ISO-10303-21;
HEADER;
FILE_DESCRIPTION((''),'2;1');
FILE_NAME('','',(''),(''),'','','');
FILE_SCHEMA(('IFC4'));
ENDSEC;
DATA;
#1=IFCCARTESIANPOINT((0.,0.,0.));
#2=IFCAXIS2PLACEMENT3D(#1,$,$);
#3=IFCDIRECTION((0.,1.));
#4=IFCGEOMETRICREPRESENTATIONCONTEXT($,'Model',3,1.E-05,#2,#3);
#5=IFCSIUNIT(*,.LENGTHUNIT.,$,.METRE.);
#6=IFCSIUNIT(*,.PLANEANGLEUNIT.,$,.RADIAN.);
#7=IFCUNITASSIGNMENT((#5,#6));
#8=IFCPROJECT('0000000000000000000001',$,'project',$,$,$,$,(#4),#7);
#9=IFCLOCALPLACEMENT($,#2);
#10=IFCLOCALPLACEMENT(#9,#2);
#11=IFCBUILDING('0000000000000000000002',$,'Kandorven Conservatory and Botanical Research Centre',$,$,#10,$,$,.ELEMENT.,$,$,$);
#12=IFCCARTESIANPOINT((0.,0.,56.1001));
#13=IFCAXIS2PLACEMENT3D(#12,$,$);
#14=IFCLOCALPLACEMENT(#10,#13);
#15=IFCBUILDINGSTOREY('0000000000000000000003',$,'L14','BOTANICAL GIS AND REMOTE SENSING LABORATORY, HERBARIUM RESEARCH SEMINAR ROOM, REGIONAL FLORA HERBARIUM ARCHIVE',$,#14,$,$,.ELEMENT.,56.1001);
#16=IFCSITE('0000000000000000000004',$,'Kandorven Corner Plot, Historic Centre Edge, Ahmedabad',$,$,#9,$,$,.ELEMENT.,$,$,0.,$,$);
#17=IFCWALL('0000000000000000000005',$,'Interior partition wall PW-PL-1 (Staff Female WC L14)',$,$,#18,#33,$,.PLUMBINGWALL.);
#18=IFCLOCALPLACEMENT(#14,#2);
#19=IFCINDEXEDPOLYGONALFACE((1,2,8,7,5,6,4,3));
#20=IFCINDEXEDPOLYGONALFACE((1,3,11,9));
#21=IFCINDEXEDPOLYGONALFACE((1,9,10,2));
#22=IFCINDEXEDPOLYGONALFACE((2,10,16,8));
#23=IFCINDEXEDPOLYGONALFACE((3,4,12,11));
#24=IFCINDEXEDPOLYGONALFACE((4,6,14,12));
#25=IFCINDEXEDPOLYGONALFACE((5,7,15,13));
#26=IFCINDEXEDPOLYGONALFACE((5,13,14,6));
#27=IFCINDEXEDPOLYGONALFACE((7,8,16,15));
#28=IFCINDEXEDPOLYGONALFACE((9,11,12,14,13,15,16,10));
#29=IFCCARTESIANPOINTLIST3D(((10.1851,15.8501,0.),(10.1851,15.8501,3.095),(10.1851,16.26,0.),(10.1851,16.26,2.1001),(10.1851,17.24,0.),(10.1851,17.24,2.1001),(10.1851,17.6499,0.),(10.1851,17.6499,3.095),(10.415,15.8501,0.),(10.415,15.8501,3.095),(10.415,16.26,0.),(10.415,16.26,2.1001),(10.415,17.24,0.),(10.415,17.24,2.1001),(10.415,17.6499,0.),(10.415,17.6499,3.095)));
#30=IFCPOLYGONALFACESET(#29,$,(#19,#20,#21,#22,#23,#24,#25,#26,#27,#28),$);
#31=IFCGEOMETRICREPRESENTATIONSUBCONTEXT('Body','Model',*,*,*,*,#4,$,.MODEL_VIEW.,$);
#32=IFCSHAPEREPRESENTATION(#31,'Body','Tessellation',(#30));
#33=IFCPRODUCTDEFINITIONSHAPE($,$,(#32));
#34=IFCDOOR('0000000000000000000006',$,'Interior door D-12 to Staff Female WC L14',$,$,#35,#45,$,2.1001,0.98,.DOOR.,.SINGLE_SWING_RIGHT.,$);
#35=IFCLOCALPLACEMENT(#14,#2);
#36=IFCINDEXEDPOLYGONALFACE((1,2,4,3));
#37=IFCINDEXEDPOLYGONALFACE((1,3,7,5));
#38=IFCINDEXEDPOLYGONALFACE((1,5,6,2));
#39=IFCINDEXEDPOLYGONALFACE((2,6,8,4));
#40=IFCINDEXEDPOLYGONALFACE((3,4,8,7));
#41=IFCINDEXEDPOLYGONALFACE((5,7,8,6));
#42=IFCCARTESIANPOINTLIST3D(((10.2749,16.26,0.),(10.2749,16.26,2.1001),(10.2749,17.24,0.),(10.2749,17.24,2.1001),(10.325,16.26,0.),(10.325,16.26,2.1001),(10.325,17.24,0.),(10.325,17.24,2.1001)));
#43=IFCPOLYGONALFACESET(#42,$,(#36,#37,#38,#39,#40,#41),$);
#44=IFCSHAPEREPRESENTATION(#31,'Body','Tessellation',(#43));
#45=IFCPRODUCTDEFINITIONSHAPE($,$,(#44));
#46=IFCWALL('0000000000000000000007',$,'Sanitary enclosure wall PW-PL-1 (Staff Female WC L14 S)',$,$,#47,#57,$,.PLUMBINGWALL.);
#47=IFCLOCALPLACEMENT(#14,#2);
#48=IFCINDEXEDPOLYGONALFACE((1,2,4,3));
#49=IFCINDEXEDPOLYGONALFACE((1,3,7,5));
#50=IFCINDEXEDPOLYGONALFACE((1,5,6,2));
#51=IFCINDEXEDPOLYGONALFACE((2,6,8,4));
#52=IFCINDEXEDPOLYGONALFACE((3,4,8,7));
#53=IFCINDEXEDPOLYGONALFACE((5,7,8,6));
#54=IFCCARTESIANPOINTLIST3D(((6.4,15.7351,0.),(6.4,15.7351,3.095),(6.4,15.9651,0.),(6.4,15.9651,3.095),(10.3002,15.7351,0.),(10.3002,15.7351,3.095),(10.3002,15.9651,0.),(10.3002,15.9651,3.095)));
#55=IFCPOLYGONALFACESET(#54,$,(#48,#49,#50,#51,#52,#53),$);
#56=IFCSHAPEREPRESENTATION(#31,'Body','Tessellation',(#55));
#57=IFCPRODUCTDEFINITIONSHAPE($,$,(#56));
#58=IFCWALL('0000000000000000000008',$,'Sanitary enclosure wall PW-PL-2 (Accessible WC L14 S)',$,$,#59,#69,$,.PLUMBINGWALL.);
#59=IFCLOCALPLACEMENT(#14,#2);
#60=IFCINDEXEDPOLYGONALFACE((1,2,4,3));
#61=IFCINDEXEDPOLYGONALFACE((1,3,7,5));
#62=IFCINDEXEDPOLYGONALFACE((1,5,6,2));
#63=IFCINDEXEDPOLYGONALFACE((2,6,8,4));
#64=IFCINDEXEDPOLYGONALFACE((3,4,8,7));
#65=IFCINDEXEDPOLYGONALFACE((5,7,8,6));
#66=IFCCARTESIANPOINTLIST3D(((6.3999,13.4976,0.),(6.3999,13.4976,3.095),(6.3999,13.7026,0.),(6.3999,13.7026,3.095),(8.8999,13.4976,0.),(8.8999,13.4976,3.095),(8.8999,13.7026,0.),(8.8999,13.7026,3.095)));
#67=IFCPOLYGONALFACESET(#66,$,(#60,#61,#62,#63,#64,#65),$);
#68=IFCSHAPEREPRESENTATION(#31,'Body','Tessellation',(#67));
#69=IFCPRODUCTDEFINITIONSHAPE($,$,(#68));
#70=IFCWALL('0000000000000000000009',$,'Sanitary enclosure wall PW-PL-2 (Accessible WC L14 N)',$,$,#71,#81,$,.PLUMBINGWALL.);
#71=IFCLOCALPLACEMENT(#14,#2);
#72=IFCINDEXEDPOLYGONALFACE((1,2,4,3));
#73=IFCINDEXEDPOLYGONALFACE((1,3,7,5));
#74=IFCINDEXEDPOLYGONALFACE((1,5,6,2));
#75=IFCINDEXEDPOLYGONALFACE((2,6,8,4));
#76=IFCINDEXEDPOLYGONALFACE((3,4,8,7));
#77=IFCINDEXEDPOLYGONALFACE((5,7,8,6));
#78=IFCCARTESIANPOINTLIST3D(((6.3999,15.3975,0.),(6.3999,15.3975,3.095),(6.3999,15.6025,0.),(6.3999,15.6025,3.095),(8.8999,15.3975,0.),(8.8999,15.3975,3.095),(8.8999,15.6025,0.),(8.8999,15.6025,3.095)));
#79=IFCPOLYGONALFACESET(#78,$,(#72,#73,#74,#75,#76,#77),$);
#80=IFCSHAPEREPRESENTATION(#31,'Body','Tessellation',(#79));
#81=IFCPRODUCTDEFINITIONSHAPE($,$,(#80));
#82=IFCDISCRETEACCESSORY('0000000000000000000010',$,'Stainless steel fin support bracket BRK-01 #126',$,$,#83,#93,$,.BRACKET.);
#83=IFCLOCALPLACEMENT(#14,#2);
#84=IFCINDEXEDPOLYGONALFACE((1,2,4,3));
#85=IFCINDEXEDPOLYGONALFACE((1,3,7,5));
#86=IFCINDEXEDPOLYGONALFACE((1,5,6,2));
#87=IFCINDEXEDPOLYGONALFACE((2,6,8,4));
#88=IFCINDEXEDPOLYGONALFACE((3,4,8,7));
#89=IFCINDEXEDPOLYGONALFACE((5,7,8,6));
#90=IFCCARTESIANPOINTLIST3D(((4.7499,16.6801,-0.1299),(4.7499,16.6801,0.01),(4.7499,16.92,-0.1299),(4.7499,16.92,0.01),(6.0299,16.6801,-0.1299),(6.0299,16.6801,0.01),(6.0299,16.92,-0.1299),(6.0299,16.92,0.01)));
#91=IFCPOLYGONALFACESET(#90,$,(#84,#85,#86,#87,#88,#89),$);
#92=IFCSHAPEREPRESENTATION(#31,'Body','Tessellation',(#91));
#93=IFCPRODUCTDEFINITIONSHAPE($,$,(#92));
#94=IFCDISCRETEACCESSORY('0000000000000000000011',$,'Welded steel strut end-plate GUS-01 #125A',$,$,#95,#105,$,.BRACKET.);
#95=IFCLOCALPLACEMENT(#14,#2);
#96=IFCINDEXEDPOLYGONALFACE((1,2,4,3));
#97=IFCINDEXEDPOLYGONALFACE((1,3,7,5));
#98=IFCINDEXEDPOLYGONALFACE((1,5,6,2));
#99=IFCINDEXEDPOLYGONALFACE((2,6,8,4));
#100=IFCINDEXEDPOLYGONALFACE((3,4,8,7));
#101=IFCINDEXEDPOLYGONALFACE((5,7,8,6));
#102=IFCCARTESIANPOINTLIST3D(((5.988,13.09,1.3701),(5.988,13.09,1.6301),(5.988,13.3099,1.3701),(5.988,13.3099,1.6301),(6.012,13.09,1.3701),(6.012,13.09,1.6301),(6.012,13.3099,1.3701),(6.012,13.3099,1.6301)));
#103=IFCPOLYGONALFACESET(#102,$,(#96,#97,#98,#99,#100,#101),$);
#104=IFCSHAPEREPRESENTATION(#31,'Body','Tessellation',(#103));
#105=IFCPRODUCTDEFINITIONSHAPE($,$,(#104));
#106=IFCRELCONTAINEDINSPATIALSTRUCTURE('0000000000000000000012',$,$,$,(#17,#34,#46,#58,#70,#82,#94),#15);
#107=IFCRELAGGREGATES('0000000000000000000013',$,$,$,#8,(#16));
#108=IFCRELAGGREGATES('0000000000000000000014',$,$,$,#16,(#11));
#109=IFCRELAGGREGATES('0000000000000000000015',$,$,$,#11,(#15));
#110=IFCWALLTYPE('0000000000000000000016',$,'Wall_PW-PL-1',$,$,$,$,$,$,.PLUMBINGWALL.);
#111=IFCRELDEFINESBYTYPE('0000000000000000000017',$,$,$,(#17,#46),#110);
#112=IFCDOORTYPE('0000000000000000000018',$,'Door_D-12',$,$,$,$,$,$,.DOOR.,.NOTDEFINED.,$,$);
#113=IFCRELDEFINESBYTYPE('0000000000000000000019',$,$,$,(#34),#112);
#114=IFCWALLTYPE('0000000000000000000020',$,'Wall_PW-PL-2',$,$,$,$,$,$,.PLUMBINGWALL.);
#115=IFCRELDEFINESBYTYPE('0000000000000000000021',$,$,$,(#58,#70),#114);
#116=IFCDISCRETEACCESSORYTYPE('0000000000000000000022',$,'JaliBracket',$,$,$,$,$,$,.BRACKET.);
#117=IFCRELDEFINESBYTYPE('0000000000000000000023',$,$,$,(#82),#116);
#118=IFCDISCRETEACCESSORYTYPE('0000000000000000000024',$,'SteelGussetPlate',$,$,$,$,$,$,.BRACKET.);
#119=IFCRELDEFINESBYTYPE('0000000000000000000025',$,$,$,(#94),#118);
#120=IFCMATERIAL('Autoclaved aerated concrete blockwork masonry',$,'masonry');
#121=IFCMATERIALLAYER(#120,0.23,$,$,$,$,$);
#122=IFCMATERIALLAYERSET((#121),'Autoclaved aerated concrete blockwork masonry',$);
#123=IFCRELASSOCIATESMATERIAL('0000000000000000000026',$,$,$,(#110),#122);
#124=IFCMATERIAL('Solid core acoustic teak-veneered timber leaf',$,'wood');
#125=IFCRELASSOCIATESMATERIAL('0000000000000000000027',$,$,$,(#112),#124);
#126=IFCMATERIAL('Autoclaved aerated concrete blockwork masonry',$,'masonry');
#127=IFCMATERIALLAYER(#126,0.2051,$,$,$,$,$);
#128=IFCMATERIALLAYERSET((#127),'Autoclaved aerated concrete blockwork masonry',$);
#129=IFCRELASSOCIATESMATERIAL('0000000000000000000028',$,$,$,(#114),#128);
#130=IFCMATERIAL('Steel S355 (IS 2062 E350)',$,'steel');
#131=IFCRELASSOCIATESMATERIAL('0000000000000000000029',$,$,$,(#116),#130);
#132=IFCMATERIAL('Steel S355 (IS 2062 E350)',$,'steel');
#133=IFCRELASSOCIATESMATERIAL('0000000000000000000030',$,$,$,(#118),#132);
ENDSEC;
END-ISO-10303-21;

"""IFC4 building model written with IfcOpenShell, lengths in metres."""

from ifc_helpers import new_model, si_unit, direction, frame, frame_2d, origin, origin_2d, place, context, subcontext, project, spatial, rectangle, extrude, material, layer, layer_set, type_object, element, fill, save


model = new_model("IFC4")

# Units and contexts
model_context = context("Model", 3, precision=1e-05, world=origin(), true_north=direction((0.0, 1.0)))
body_context = subcontext(model_context, "Body", "Model", "MODEL_VIEW")
ifc_project = project(units=[si_unit("LENGTHUNIT", "METRE"), si_unit("PLANEANGLEUNIT", "RADIAN")], contexts=[model_context])

# Site, building, storey
site_placement = place(None, origin())
site = spatial("IfcSite", under=ifc_project, at=site_placement, Name="Kandorven Corner Plot, Historic Centre Edge, Ahmedabad", CompositionType="ELEMENT", RefElevation=0.0)
building_placement = place(site_placement, origin())
building = spatial("IfcBuilding", under=site, at=building_placement, Name="Kandorven Conservatory and Botanical Research Centre", CompositionType="ELEMENT")
storey_placement = place(building_placement, frame((0.0, 0.0, 56.1001)))
storey = spatial("IfcBuildingStorey", under=building, at=storey_placement, Name="L14", Description="BOTANICAL GIS AND REMOTE SENSING LABORATORY, HERBARIUM RESEARCH SEMINAR ROOM, REGIONAL FLORA HERBARIUM ARCHIVE", CompositionType="ELEMENT", Elevation=56.1001)

# Wall, opening, door
ifc_material_1 = material(Name="Autoclaved aerated concrete blockwork masonry", Category="masonry")
ifc_layer_1 = layer(ifc_material_1, 0.23)
ifc_layer_set_1 = layer_set([ifc_layer_1], Name="Autoclaved aerated concrete blockwork masonry")
wall_type_1 = type_object("IfcWallType", Name="Wall_PW-PL-1", PredefinedType="PLUMBINGWALL", material=ifc_layer_set_1)
wall_1_placement = place(storey_placement, frame((10.3, 15.8501, 0.0), z_axis=(0.0, 0.0, 1.0), x_axis=(0.0, 1.0, 0.0)))
wall_1 = element("IfcWall", 1, at=wall_1_placement, inside=storey, type_object=wall_type_1, Name="Interior partition wall PW-PL-1 (Staff Female WC L14)", PredefinedType="PLUMBINGWALL", context=body_context, shape_type="SweptSolid", body=[
    extrude(rectangle(XDim=1.7998, YDim=0.23, at=frame_2d((0.8999, 0.0))), origin(), (0.0, 0.0, 1.0), 3.095),
])
opening_1_placement = place(wall_1_placement, frame((0.4099, 0.0, 0.0)))
opening_1 = element("IfcOpeningElement", 2, at=opening_1_placement, cuts=wall_1, PredefinedType="OPENING", context=body_context, shape_type="SweptSolid", body=[
    extrude(rectangle(XDim=0.98, YDim=2.1001, at=frame_2d((0.49, 1.05))), frame((0.0, 0.125, 0.0), z_axis=(0.0, -1.0, 0.0), x_axis=(1.0, 0.0, 0.0)), (0.0, 0.0, 1.0), 0.25),
])
ifc_material_2 = material(Name="Solid core acoustic teak-veneered timber leaf", Category="wood")
door_type_1 = type_object("IfcDoorType", Name="Door_D-12", OperationType="NOTDEFINED", PredefinedType="DOOR", material=ifc_material_2)
door_1_placement = place(opening_1_placement, frame((0.98, 0.0, 0.0), z_axis=(0.0, 0.0, 1.0), x_axis=(-1.0, 0.0, 0.0)))
door_1 = element("IfcDoor", 3, at=door_1_placement, inside=storey, type_object=door_type_1, Name="Interior door D-12 to Staff Female WC L14", OperationType="SINGLE_SWING_RIGHT", OverallHeight=2.1001, OverallWidth=0.98, PredefinedType="DOOR", context=body_context, shape_type="SweptSolid", body=[
    extrude(rectangle(XDim=0.98, YDim=2.1001, at=frame_2d((0.49, 1.05))), frame((0.0, 0.0249, 0.0), z_axis=(0.0, -1.0, 0.0), x_axis=(1.0, 0.0, 0.0)), (0.0, 0.0, 1.0), 0.05),
])
fill(opening_1, door_1)

# Wall
wall_2_placement = place(storey_placement, frame((6.3999, 15.8501, 0.0), z_axis=(0.0, 0.0, 1.0), x_axis=(1.0, 0.0, 0.0)))
element("IfcWall", 4, at=wall_2_placement, inside=storey, type_object=wall_type_1, Name="Sanitary enclosure wall PW-PL-1 (Staff Female WC L14 S)", PredefinedType="PLUMBINGWALL", context=body_context, shape_type="SweptSolid", body=[
    extrude(rectangle(XDim=3.9001, YDim=0.23, at=frame_2d((1.9502, 0.0))), origin(), (0.0, 0.0, 1.0), 3.095),
])

# Shared definitions
ifc_material_3 = material(Name="Autoclaved aerated concrete blockwork masonry", Category="masonry")
ifc_layer_2 = layer(ifc_material_3, 0.2051)
ifc_layer_set_2 = layer_set([ifc_layer_2], Name="Autoclaved aerated concrete blockwork masonry")
wall_type_2 = type_object("IfcWallType", Name="Wall_PW-PL-2", PredefinedType="PLUMBINGWALL", material=ifc_layer_set_2)

# Walls
for number, where, z_axis, x_axis, name in (
    (5, (6.3999, 13.6001, 0.0), (0.0, 0.0, 1.0), (1.0, 0.0, 0.0), "Sanitary enclosure wall PW-PL-2 (Accessible WC L14 S)"),
    (6, (6.3999, 15.5, 0.0), (0.0, 0.0, 1.0), (1.0, 0.0, 0.0), "Sanitary enclosure wall PW-PL-2 (Accessible WC L14 N)"),
):
    element("IfcWall", number, at=place(storey_placement, frame(where, z_axis=z_axis, x_axis=x_axis)), inside=storey, type_object=wall_type_2, Name=name, PredefinedType="PLUMBINGWALL", context=body_context, shape_type="SweptSolid", body=[
        extrude(rectangle(XDim=2.5, YDim=0.2051, at=frame_2d((1.25, 0.0))), origin(), (0.0, 0.0, 1.0), 3.095),
    ])

# Discrete accessories
ifc_material_4 = material(Name="Steel S355 (IS 2062 E350)", Category="steel")
discrete_accessory_type_1 = type_object("IfcDiscreteAccessoryType", Name="JaliBracket", PredefinedType="BRACKET", material=ifc_material_4)
discrete_accessory_1_placement = place(storey_placement, frame((5.3899, 16.8, -0.1299), z_axis=(0.0, 0.0, 1.0), x_axis=(1.0, 0.0, 0.0)))
element("IfcDiscreteAccessory", 7, at=discrete_accessory_1_placement, inside=storey, type_object=discrete_accessory_type_1, Name="Stainless steel fin support bracket BRK-01 #126", PredefinedType="BRACKET", context=body_context, shape_type="SweptSolid", body=[
    extrude(rectangle(XDim=1.28, YDim=0.24, at=origin_2d()), origin(), (0.0, 0.0, 1.0), 0.1399),
])
ifc_material_5 = material(Name="Steel S355 (IS 2062 E350)", Category="steel")
discrete_accessory_type_2 = type_object("IfcDiscreteAccessoryType", Name="SteelGussetPlate", PredefinedType="BRACKET", material=ifc_material_5)
discrete_accessory_2_placement = place(storey_placement, frame((6.0, 13.2, 1.3701), z_axis=(0.0, 0.0, 1.0), x_axis=(1.0, 0.0, 0.0)))
element("IfcDiscreteAccessory", 8, at=discrete_accessory_2_placement, inside=storey, type_object=discrete_accessory_type_2, Name="Welded steel strut end-plate GUS-01 #125A", PredefinedType="BRACKET", context=body_context, shape_type="SweptSolid", body=[
    extrude(rectangle(XDim=0.0239, YDim=0.22, at=origin_2d()), origin(), (0.0, 0.0, 1.0), 0.26),
])

save(model, "model.ifc")
